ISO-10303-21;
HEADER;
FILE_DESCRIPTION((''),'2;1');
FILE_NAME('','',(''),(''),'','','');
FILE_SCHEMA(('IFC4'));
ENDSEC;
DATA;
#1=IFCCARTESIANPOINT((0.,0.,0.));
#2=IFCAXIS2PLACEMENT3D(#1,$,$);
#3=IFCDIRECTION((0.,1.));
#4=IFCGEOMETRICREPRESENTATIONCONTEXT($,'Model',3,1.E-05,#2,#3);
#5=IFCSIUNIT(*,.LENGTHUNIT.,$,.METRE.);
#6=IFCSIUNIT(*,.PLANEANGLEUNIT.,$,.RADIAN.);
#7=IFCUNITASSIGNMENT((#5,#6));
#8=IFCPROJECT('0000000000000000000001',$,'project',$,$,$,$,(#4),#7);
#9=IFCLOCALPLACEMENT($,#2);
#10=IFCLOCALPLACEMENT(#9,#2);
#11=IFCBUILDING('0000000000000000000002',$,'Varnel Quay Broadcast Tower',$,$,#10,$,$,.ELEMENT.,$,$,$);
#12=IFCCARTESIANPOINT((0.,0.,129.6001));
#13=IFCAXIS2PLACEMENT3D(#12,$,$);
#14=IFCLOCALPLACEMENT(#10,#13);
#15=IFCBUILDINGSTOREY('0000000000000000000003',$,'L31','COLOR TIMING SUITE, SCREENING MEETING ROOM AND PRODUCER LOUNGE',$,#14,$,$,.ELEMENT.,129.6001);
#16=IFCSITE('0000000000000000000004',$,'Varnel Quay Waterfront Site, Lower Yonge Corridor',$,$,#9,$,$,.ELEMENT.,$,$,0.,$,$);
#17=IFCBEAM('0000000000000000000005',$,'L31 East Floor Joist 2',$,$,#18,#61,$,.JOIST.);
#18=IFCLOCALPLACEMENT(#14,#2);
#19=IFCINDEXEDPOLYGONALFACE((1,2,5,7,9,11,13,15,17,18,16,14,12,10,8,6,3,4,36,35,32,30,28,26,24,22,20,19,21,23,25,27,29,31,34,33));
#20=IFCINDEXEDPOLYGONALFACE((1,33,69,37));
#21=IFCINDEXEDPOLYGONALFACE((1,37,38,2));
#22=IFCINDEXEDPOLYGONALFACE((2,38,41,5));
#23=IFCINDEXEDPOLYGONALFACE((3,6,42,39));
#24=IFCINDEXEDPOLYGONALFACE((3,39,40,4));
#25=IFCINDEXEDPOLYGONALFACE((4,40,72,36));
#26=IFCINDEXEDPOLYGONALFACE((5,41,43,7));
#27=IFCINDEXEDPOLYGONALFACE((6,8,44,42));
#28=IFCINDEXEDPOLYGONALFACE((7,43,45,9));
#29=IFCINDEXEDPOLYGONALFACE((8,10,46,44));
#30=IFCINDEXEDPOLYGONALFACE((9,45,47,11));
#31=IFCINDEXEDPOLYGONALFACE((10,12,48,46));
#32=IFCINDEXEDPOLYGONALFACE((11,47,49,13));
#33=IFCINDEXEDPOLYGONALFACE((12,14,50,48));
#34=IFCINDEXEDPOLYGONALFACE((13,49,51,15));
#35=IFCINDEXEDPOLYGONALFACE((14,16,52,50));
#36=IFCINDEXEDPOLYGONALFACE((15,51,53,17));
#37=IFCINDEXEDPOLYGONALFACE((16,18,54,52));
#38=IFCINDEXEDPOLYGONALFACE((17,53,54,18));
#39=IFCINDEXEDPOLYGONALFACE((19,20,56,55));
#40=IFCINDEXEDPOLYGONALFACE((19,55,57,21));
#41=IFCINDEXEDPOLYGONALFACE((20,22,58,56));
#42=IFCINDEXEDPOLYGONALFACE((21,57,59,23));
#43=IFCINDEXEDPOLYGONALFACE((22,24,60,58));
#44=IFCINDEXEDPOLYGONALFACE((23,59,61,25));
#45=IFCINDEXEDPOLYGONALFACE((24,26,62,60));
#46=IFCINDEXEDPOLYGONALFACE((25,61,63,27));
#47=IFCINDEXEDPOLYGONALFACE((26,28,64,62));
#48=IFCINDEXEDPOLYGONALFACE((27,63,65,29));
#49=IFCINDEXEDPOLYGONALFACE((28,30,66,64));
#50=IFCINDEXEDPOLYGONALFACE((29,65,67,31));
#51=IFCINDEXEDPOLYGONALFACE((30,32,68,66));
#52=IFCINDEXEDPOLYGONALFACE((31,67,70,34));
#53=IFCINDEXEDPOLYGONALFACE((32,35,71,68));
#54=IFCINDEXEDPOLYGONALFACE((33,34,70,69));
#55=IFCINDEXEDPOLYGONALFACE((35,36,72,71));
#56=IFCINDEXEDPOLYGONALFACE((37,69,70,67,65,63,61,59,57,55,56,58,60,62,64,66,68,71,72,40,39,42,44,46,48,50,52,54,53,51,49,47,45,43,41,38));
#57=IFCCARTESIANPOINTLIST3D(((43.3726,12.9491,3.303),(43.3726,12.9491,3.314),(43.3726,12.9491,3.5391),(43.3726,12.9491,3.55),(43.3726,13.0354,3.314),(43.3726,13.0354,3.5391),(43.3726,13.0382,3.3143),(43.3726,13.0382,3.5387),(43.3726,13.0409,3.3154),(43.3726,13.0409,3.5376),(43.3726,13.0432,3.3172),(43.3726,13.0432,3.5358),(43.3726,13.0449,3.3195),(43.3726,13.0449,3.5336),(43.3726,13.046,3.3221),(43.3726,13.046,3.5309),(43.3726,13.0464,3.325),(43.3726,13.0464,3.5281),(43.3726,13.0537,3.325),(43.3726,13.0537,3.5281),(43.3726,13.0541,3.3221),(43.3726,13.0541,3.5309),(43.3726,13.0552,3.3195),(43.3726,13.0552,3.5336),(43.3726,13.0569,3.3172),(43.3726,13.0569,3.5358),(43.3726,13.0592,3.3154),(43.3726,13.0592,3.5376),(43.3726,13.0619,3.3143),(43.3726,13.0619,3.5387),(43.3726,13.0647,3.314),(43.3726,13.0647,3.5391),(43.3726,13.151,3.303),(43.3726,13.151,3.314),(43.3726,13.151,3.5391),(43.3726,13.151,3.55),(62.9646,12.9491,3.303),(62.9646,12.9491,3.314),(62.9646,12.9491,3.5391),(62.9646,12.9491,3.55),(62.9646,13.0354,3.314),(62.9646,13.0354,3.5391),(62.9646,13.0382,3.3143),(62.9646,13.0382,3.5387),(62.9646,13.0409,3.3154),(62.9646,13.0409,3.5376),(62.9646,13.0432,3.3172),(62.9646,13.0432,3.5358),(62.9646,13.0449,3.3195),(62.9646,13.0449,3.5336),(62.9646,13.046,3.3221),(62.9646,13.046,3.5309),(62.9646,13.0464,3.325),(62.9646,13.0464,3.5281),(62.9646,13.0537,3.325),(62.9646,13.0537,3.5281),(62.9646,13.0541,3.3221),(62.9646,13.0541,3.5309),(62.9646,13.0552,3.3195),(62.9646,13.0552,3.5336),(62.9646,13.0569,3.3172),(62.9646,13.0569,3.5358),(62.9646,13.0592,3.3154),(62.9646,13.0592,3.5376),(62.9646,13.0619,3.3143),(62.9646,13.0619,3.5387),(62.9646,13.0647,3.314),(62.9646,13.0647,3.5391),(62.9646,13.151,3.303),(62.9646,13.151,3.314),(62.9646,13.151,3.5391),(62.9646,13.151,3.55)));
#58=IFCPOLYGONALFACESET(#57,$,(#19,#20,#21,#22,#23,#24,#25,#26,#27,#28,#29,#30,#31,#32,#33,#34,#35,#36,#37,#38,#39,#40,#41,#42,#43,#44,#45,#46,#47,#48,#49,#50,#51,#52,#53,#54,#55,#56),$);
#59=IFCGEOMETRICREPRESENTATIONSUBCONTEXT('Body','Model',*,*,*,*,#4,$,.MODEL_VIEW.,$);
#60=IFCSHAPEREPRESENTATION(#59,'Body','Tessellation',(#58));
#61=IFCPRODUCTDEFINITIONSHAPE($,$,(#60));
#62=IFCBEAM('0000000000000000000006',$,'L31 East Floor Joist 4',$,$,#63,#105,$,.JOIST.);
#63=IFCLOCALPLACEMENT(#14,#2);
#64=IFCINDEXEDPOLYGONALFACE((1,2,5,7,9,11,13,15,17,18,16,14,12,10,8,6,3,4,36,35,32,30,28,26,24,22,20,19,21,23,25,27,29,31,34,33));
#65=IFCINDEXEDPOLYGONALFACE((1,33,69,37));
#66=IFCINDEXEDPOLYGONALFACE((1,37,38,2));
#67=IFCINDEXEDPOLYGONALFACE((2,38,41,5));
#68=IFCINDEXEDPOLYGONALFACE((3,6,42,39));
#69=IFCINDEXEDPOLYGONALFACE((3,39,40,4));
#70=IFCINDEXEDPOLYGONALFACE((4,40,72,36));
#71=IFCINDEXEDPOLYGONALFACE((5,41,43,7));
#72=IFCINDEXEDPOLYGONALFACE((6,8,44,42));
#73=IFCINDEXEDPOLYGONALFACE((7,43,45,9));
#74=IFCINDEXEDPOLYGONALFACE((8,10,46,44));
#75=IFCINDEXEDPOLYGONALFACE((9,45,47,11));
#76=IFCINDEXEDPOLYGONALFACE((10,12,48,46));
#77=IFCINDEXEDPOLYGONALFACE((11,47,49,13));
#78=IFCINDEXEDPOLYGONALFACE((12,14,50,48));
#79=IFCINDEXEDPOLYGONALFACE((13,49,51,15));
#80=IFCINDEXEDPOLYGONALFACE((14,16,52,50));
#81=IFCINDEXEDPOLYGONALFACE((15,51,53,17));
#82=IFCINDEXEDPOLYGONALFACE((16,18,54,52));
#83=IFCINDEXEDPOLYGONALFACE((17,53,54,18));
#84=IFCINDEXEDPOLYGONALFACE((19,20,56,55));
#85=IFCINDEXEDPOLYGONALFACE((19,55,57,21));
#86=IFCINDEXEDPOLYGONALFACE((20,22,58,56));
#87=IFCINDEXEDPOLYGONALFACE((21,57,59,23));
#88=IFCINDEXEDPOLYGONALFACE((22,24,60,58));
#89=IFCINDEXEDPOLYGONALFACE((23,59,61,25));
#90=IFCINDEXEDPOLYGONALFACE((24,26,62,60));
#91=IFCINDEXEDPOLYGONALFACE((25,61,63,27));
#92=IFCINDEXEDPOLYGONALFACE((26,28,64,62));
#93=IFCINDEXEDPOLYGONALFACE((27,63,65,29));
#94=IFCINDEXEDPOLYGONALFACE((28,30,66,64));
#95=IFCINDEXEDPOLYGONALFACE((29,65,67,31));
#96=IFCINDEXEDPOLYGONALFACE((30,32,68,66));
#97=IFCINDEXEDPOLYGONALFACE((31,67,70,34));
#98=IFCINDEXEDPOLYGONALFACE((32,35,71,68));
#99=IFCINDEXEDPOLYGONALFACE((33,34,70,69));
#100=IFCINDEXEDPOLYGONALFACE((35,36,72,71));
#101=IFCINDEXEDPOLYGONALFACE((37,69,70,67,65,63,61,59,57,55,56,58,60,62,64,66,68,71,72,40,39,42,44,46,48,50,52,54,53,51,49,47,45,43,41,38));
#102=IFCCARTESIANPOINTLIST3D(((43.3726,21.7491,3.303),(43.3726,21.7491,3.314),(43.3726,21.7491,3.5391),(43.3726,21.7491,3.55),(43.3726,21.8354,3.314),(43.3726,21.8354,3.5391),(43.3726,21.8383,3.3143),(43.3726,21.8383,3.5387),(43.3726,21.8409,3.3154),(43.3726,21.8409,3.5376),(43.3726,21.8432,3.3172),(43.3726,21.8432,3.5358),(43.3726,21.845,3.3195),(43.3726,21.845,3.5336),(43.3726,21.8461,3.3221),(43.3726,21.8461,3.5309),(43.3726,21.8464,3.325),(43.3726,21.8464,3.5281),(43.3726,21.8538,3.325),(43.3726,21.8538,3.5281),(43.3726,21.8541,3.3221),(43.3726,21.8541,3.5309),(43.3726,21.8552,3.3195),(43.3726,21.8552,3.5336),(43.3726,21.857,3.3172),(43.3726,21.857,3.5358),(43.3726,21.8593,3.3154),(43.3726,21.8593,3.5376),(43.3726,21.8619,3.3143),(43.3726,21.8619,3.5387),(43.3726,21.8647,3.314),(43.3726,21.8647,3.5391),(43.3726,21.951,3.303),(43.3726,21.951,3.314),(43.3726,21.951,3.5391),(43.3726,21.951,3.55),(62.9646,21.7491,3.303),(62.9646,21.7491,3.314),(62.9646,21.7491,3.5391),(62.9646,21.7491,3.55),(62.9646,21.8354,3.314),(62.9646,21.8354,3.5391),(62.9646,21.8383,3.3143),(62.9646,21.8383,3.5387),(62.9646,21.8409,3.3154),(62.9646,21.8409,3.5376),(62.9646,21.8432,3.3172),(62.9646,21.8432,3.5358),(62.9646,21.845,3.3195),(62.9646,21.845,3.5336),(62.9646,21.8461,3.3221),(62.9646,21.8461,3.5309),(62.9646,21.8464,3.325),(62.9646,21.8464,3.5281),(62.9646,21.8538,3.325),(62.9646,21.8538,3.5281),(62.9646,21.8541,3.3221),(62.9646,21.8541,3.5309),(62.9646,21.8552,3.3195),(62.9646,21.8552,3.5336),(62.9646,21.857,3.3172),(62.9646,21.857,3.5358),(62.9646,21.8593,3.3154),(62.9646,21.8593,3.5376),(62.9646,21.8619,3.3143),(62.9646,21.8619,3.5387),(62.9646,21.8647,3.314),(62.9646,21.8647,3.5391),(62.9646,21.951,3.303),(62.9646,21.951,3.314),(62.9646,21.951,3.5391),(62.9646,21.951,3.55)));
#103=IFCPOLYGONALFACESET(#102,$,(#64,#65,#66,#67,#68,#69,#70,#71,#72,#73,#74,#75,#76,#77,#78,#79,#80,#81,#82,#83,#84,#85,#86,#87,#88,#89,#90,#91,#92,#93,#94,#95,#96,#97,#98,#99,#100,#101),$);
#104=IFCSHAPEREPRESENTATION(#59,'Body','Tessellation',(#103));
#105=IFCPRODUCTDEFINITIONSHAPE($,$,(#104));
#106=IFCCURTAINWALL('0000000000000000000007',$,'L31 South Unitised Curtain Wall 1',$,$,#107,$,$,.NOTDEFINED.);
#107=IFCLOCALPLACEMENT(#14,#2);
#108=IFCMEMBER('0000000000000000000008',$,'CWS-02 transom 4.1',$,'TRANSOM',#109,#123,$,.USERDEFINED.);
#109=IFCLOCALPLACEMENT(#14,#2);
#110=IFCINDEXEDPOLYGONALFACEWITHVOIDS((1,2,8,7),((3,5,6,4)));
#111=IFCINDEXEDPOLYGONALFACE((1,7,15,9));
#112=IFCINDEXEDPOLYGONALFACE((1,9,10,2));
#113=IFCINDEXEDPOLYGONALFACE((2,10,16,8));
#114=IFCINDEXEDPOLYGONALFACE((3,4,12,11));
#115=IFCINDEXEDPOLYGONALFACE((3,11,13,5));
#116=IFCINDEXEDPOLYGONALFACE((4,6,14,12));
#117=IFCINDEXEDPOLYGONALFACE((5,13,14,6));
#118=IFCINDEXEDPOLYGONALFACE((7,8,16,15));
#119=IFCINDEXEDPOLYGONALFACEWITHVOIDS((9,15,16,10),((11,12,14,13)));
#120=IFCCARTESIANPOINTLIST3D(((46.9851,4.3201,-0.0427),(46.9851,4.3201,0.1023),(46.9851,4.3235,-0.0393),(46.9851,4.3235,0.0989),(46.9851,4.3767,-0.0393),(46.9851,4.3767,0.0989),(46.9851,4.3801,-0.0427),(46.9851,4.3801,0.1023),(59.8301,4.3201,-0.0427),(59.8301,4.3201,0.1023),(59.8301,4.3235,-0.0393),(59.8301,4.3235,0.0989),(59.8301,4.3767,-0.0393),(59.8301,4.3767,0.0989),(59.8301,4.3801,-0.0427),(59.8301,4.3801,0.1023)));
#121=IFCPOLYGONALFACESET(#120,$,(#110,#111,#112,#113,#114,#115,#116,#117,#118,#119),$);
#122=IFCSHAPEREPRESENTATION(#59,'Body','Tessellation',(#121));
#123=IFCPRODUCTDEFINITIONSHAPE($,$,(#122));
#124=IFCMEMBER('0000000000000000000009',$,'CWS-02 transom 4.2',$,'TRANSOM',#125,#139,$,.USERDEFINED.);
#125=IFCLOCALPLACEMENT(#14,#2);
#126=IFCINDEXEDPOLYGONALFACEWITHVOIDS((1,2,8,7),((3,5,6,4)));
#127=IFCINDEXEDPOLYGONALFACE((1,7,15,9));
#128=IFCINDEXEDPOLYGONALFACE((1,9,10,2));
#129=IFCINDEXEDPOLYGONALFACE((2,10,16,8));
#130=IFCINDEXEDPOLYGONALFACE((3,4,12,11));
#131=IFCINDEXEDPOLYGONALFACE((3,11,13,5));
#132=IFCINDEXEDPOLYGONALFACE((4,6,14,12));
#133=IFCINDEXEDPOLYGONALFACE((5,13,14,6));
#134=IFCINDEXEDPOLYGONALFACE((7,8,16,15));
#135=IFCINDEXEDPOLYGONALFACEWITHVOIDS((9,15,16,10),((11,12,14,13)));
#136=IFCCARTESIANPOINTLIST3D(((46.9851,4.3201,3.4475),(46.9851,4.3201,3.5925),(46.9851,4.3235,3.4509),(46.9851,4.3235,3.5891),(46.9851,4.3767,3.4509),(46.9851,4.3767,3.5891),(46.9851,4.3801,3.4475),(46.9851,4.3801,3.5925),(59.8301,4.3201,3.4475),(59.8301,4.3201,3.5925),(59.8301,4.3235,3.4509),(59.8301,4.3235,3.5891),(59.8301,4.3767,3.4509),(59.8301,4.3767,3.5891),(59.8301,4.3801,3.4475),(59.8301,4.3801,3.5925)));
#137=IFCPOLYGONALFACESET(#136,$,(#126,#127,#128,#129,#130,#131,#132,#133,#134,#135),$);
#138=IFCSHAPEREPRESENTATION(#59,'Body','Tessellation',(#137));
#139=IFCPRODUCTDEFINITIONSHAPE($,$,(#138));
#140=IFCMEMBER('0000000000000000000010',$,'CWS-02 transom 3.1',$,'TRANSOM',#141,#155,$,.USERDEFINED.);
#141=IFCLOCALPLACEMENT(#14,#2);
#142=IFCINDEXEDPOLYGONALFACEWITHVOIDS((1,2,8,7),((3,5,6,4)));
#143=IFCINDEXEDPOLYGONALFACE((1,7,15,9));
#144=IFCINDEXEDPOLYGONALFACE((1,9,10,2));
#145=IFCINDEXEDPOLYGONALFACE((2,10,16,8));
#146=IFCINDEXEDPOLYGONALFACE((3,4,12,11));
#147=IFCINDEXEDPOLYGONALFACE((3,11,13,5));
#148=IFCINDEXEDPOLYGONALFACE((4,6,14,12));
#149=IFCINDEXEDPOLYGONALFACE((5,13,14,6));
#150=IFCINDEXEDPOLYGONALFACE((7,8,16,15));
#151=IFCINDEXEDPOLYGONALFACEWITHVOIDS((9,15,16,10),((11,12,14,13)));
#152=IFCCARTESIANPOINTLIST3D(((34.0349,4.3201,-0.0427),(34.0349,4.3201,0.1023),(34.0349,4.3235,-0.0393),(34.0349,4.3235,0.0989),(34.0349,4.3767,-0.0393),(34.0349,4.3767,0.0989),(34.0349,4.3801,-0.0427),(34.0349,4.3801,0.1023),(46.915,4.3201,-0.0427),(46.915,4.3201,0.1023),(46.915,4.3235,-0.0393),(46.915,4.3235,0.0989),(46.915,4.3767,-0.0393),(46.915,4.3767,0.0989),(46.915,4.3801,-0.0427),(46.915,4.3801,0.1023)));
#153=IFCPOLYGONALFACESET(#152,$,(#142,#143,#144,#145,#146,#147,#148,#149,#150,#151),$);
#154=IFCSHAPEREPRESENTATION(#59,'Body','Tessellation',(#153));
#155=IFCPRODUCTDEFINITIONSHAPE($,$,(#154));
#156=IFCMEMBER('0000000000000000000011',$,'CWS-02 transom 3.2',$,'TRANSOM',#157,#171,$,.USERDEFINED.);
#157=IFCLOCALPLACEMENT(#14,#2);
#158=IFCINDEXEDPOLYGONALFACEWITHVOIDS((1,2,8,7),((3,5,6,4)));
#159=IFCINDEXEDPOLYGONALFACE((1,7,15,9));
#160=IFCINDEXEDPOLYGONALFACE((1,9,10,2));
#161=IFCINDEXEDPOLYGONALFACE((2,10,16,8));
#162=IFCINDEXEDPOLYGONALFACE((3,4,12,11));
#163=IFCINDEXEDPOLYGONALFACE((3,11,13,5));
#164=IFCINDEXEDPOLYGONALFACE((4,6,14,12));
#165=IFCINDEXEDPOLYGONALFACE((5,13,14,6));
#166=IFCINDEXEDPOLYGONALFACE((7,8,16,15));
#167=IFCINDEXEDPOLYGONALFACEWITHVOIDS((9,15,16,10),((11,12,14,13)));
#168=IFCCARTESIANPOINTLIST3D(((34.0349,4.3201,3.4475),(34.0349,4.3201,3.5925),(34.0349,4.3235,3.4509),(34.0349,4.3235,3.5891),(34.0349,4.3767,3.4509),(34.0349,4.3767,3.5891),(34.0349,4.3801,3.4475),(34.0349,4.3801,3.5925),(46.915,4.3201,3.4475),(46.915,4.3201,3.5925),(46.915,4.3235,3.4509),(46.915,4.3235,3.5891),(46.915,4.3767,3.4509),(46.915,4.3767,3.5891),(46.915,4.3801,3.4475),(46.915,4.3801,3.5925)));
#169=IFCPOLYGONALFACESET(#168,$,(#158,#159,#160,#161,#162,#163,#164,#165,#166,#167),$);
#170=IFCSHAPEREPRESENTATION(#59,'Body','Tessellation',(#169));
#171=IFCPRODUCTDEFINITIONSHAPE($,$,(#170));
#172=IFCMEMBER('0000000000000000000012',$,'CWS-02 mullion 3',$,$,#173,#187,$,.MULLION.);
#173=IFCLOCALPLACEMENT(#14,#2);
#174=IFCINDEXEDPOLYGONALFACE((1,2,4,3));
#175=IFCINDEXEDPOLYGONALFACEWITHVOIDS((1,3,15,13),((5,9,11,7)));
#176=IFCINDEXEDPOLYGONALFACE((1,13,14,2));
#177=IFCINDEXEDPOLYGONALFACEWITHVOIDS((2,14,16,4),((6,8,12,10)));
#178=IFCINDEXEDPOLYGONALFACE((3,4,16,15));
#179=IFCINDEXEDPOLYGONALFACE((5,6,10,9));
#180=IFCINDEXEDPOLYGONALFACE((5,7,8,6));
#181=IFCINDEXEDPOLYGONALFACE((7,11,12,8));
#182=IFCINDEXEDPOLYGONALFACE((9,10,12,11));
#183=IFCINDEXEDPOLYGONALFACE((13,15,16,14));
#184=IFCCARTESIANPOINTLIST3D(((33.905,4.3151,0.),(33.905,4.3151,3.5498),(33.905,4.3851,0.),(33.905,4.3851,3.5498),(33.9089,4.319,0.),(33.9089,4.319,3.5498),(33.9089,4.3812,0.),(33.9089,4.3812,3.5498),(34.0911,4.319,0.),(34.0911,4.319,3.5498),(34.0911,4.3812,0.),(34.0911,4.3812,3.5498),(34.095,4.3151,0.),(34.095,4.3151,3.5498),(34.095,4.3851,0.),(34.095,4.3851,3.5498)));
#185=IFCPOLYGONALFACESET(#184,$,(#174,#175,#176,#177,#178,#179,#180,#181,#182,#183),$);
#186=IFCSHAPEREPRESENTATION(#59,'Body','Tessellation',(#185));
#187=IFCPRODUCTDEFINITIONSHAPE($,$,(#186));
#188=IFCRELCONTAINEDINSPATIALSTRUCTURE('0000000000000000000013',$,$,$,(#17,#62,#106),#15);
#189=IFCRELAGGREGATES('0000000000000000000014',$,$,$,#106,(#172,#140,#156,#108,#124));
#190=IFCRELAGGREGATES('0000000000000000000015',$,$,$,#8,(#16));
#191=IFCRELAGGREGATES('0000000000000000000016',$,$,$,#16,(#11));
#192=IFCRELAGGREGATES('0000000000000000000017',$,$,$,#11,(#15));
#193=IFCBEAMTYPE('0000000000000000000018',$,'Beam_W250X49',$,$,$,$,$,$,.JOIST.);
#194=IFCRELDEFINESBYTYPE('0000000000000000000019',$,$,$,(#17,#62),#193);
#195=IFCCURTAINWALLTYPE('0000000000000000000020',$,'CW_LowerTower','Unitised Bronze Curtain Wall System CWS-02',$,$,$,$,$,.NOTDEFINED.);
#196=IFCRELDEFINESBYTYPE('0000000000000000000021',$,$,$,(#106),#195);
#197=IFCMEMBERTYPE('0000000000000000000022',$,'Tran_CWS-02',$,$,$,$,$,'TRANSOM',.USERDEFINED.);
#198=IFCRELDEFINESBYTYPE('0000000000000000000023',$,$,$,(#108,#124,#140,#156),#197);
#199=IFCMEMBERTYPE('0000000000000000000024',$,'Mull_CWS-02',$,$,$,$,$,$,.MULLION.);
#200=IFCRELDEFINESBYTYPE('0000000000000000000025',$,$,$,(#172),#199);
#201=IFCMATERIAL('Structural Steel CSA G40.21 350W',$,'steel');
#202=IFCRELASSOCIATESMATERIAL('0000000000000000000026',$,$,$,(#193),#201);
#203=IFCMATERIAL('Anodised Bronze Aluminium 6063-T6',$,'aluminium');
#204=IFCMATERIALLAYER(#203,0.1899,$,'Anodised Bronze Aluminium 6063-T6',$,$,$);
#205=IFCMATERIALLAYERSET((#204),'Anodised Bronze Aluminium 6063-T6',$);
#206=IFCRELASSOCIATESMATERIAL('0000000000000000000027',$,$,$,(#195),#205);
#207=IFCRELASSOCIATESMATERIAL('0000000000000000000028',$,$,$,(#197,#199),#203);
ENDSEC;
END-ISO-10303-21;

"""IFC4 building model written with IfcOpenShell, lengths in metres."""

from ifc_helpers import new_model, si_unit, direction, frame, origin, origin_2d, place, context, subcontext, project, spatial, hollow_rectangle, i_section, extrude, source, transform, mapped, material, layer, layer_set, material_profile, profile_set, type_object, type_shapes, element, aggregate, save


model = new_model("IFC4")

# Units and contexts
model_context = context("Model", 3, precision=1e-05, world=origin(), true_north=direction((0.0, 1.0)))
body_context = subcontext(model_context, "Body", "Model", "MODEL_VIEW")
ifc_project = project(units=[si_unit("LENGTHUNIT", "METRE"), si_unit("PLANEANGLEUNIT", "RADIAN")], contexts=[model_context])

# Site, building, storey
site_placement = place(None, origin())
site = spatial("IfcSite", under=ifc_project, at=site_placement, Name="Varnel Quay Waterfront Site, Lower Yonge Corridor", CompositionType="ELEMENT", RefElevation=0.0)
building_placement = place(site_placement, origin())
building = spatial("IfcBuilding", under=site, at=building_placement, Name="Varnel Quay Broadcast Tower", CompositionType="ELEMENT")
storey_placement = place(building_placement, frame((0.0, 0.0, 129.6001)))
storey = spatial("IfcBuildingStorey", under=building, at=storey_placement, Name="L31", Description="COLOR TIMING SUITE, SCREENING MEETING ROOM AND PRODUCER LOUNGE", CompositionType="ELEMENT", Elevation=129.6001)

# Shared definitions
ifc_material_1 = material(Name="Structural Steel CSA G40.21 350W", Category="steel")

# Beams
ifc_material_profile_1 = material_profile(ifc_material_1, i_section(OverallWidth=0.2019, OverallDepth=0.2471, WebThickness=0.0073, FlangeThickness=0.011, FilletRadius=0.011, at=origin_2d()), Name="W250X49")
ifc_profile_set_1 = profile_set([ifc_material_profile_1], Name="Structural Steel CSA G40.21 350W")
beam_type_1 = type_object("IfcBeamType", Name="Beam_W250X49", PredefinedType="JOIST", material=ifc_profile_set_1)
shared_shape_1 = source(origin(), body_context, "Body", "SweptSolid", [
    extrude(i_section(OverallWidth=0.2019, OverallDepth=0.2471, WebThickness=0.0073, FlangeThickness=0.011, FilletRadius=0.011, at=origin_2d()), origin(), (0.0, 0.0, 1.0), 19.592),
])
type_shapes(beam_type_1, [shared_shape_1])
for number, where, z_axis, x_axis, name in (
    (1, (43.3726, 13.05, 3.4265), (1.0, 0.0, 0.0), (0.0, 1.0, 0.0), "L31 East Floor Joist 2"),
    (2, (43.3726, 21.8501, 3.4265), (1.0, 0.0, 0.0), (0.0, 1.0, 0.0), "L31 East Floor Joist 4"),
):
    element("IfcBeam", number, at=place(storey_placement, frame(where, z_axis=z_axis, x_axis=x_axis)), inside=storey, type_object=beam_type_1, Name=name, PredefinedType="JOIST", context=body_context, shape_type="MappedRepresentation", body=[
        mapped(shared_shape_1, transform((0.0, 0.0, 0.0), x_axis=(1.0, 0.0, 0.0), y_axis=(0.0, 1.0, 0.0), z_axis=(0.0, 0.0, 1.0), scale=1.0)),
    ])

# Curtain wall, members
ifc_material_2 = material(Name="Anodised Bronze Aluminium 6063-T6", Category="aluminium")
ifc_layer_1 = layer(ifc_material_2, 0.1899, Name="Anodised Bronze Aluminium 6063-T6")
ifc_layer_set_1 = layer_set([ifc_layer_1], Name="Anodised Bronze Aluminium 6063-T6")
curtain_wall_type = type_object("IfcCurtainWallType", Name="CW_LowerTower", Description="Unitised Bronze Curtain Wall System CWS-02", PredefinedType="NOTDEFINED", material=ifc_layer_set_1)
curtain_wall_placement = place(storey_placement, origin())
curtain_wall = element("IfcCurtainWall", 3, at=curtain_wall_placement, inside=storey, type_object=curtain_wall_type, Name="L31 South Unitised Curtain Wall 1", PredefinedType="NOTDEFINED")
ifc_material_profile_2 = material_profile(ifc_material_2, hollow_rectangle(XDim=0.0601, YDim=0.145, WallThickness=0.0034, at=origin_2d()), Name="ALU60X145X3.5")
ifc_profile_set_2 = profile_set([ifc_material_profile_2], Name="Anodised Bronze Aluminium 6063-T6")
member_type_1 = type_object("IfcMemberType", Name="Tran_CWS-02", ElementType="TRANSOM", PredefinedType="USERDEFINED", material=ifc_profile_set_2)
shared_shape_2 = source(origin(), body_context, "Body", "SweptSolid", [
    extrude(hollow_rectangle(XDim=0.0601, YDim=0.145, WallThickness=0.0034, at=origin_2d()), origin(), (0.0, 0.0, 1.0), 12.845),
])
member_1_placement = place(storey_placement, frame((46.9851, 4.3501, 0.0298), z_axis=(1.0, 0.0, 0.0), x_axis=(0.0, 1.0, 0.0)))
member_1 = element("IfcMember", 4, at=member_1_placement, type_object=member_type_1, Name="CWS-02 transom 4.1", ObjectType="TRANSOM", PredefinedType="USERDEFINED", context=body_context, shape_type="MappedRepresentation", body=[
    mapped(shared_shape_2, transform((0.0, 0.0, 0.0), x_axis=(1.0, 0.0, 0.0), y_axis=(0.0, 1.0, 0.0), z_axis=(0.0, 0.0, 1.0), scale=1.0)),
])
member_2_placement = place(storey_placement, frame((46.9851, 4.3501, 3.52), z_axis=(1.0, 0.0, 0.0), x_axis=(0.0, 1.0, 0.0)))
member_2 = element("IfcMember", 5, at=member_2_placement, type_object=member_type_1, Name="CWS-02 transom 4.2", ObjectType="TRANSOM", PredefinedType="USERDEFINED", context=body_context, shape_type="MappedRepresentation", body=[
    mapped(shared_shape_2, transform((0.0, 0.0, 0.0), x_axis=(1.0, 0.0, 0.0), y_axis=(0.0, 1.0, 0.0), z_axis=(0.0, 0.0, 1.0), scale=1.0)),
])
shared_shape_3 = source(origin(), body_context, "Body", "SweptSolid", [
    extrude(hollow_rectangle(XDim=0.0601, YDim=0.145, WallThickness=0.0034, at=origin_2d()), origin(), (0.0, 0.0, 1.0), 12.8801),
])
type_shapes(member_type_1, [shared_shape_2, shared_shape_3])
member_3_placement = place(storey_placement, frame((34.0349, 4.3501, 0.0298), z_axis=(1.0, 0.0, 0.0), x_axis=(0.0, 1.0, 0.0)))
member_3 = element("IfcMember", 6, at=member_3_placement, type_object=member_type_1, Name="CWS-02 transom 3.1", ObjectType="TRANSOM", PredefinedType="USERDEFINED", context=body_context, shape_type="MappedRepresentation", body=[
    mapped(shared_shape_3, transform((0.0, 0.0, 0.0), x_axis=(1.0, 0.0, 0.0), y_axis=(0.0, 1.0, 0.0), z_axis=(0.0, 0.0, 1.0), scale=1.0)),
])
member_4_placement = place(storey_placement, frame((34.0349, 4.3501, 3.52), z_axis=(1.0, 0.0, 0.0), x_axis=(0.0, 1.0, 0.0)))
member_4 = element("IfcMember", 7, at=member_4_placement, type_object=member_type_1, Name="CWS-02 transom 3.2", ObjectType="TRANSOM", PredefinedType="USERDEFINED", context=body_context, shape_type="MappedRepresentation", body=[
    mapped(shared_shape_3, transform((0.0, 0.0, 0.0), x_axis=(1.0, 0.0, 0.0), y_axis=(0.0, 1.0, 0.0), z_axis=(0.0, 0.0, 1.0), scale=1.0)),
])
ifc_material_profile_3 = material_profile(ifc_material_2, hollow_rectangle(XDim=0.0701, YDim=0.1899, WallThickness=0.0039, at=origin_2d()), Name="ALU70X190X4")
ifc_profile_set_3 = profile_set([ifc_material_profile_3], Name="Anodised Bronze Aluminium 6063-T6")
member_type_2 = type_object("IfcMemberType", Name="Mull_CWS-02", PredefinedType="MULLION", material=ifc_profile_set_3)
shared_shape_4 = source(origin(), body_context, "Body", "SweptSolid", [
    extrude(hollow_rectangle(XDim=0.0701, YDim=0.1899, WallThickness=0.0039, at=origin_2d()), origin(), (0.0, 0.0, 1.0), 3.5498),
])
type_shapes(member_type_2, [shared_shape_4])
member_5_placement = place(storey_placement, frame((34.0, 4.3501, 0.0), z_axis=(0.0, 0.0, 1.0), x_axis=(0.0, 1.0, 0.0)))
member_5 = element("IfcMember", 8, at=member_5_placement, type_object=member_type_2, Name="CWS-02 mullion 3", PredefinedType="MULLION", context=body_context, shape_type="MappedRepresentation", body=[
    mapped(shared_shape_4, transform((0.0, 0.0, 0.0), x_axis=(1.0, 0.0, 0.0), y_axis=(0.0, 1.0, 0.0), z_axis=(0.0, 0.0, 1.0), scale=1.0)),
])

aggregate(curtain_wall, [member_5, member_3, member_4, member_1, member_2])

save(model, "model.ifc")
